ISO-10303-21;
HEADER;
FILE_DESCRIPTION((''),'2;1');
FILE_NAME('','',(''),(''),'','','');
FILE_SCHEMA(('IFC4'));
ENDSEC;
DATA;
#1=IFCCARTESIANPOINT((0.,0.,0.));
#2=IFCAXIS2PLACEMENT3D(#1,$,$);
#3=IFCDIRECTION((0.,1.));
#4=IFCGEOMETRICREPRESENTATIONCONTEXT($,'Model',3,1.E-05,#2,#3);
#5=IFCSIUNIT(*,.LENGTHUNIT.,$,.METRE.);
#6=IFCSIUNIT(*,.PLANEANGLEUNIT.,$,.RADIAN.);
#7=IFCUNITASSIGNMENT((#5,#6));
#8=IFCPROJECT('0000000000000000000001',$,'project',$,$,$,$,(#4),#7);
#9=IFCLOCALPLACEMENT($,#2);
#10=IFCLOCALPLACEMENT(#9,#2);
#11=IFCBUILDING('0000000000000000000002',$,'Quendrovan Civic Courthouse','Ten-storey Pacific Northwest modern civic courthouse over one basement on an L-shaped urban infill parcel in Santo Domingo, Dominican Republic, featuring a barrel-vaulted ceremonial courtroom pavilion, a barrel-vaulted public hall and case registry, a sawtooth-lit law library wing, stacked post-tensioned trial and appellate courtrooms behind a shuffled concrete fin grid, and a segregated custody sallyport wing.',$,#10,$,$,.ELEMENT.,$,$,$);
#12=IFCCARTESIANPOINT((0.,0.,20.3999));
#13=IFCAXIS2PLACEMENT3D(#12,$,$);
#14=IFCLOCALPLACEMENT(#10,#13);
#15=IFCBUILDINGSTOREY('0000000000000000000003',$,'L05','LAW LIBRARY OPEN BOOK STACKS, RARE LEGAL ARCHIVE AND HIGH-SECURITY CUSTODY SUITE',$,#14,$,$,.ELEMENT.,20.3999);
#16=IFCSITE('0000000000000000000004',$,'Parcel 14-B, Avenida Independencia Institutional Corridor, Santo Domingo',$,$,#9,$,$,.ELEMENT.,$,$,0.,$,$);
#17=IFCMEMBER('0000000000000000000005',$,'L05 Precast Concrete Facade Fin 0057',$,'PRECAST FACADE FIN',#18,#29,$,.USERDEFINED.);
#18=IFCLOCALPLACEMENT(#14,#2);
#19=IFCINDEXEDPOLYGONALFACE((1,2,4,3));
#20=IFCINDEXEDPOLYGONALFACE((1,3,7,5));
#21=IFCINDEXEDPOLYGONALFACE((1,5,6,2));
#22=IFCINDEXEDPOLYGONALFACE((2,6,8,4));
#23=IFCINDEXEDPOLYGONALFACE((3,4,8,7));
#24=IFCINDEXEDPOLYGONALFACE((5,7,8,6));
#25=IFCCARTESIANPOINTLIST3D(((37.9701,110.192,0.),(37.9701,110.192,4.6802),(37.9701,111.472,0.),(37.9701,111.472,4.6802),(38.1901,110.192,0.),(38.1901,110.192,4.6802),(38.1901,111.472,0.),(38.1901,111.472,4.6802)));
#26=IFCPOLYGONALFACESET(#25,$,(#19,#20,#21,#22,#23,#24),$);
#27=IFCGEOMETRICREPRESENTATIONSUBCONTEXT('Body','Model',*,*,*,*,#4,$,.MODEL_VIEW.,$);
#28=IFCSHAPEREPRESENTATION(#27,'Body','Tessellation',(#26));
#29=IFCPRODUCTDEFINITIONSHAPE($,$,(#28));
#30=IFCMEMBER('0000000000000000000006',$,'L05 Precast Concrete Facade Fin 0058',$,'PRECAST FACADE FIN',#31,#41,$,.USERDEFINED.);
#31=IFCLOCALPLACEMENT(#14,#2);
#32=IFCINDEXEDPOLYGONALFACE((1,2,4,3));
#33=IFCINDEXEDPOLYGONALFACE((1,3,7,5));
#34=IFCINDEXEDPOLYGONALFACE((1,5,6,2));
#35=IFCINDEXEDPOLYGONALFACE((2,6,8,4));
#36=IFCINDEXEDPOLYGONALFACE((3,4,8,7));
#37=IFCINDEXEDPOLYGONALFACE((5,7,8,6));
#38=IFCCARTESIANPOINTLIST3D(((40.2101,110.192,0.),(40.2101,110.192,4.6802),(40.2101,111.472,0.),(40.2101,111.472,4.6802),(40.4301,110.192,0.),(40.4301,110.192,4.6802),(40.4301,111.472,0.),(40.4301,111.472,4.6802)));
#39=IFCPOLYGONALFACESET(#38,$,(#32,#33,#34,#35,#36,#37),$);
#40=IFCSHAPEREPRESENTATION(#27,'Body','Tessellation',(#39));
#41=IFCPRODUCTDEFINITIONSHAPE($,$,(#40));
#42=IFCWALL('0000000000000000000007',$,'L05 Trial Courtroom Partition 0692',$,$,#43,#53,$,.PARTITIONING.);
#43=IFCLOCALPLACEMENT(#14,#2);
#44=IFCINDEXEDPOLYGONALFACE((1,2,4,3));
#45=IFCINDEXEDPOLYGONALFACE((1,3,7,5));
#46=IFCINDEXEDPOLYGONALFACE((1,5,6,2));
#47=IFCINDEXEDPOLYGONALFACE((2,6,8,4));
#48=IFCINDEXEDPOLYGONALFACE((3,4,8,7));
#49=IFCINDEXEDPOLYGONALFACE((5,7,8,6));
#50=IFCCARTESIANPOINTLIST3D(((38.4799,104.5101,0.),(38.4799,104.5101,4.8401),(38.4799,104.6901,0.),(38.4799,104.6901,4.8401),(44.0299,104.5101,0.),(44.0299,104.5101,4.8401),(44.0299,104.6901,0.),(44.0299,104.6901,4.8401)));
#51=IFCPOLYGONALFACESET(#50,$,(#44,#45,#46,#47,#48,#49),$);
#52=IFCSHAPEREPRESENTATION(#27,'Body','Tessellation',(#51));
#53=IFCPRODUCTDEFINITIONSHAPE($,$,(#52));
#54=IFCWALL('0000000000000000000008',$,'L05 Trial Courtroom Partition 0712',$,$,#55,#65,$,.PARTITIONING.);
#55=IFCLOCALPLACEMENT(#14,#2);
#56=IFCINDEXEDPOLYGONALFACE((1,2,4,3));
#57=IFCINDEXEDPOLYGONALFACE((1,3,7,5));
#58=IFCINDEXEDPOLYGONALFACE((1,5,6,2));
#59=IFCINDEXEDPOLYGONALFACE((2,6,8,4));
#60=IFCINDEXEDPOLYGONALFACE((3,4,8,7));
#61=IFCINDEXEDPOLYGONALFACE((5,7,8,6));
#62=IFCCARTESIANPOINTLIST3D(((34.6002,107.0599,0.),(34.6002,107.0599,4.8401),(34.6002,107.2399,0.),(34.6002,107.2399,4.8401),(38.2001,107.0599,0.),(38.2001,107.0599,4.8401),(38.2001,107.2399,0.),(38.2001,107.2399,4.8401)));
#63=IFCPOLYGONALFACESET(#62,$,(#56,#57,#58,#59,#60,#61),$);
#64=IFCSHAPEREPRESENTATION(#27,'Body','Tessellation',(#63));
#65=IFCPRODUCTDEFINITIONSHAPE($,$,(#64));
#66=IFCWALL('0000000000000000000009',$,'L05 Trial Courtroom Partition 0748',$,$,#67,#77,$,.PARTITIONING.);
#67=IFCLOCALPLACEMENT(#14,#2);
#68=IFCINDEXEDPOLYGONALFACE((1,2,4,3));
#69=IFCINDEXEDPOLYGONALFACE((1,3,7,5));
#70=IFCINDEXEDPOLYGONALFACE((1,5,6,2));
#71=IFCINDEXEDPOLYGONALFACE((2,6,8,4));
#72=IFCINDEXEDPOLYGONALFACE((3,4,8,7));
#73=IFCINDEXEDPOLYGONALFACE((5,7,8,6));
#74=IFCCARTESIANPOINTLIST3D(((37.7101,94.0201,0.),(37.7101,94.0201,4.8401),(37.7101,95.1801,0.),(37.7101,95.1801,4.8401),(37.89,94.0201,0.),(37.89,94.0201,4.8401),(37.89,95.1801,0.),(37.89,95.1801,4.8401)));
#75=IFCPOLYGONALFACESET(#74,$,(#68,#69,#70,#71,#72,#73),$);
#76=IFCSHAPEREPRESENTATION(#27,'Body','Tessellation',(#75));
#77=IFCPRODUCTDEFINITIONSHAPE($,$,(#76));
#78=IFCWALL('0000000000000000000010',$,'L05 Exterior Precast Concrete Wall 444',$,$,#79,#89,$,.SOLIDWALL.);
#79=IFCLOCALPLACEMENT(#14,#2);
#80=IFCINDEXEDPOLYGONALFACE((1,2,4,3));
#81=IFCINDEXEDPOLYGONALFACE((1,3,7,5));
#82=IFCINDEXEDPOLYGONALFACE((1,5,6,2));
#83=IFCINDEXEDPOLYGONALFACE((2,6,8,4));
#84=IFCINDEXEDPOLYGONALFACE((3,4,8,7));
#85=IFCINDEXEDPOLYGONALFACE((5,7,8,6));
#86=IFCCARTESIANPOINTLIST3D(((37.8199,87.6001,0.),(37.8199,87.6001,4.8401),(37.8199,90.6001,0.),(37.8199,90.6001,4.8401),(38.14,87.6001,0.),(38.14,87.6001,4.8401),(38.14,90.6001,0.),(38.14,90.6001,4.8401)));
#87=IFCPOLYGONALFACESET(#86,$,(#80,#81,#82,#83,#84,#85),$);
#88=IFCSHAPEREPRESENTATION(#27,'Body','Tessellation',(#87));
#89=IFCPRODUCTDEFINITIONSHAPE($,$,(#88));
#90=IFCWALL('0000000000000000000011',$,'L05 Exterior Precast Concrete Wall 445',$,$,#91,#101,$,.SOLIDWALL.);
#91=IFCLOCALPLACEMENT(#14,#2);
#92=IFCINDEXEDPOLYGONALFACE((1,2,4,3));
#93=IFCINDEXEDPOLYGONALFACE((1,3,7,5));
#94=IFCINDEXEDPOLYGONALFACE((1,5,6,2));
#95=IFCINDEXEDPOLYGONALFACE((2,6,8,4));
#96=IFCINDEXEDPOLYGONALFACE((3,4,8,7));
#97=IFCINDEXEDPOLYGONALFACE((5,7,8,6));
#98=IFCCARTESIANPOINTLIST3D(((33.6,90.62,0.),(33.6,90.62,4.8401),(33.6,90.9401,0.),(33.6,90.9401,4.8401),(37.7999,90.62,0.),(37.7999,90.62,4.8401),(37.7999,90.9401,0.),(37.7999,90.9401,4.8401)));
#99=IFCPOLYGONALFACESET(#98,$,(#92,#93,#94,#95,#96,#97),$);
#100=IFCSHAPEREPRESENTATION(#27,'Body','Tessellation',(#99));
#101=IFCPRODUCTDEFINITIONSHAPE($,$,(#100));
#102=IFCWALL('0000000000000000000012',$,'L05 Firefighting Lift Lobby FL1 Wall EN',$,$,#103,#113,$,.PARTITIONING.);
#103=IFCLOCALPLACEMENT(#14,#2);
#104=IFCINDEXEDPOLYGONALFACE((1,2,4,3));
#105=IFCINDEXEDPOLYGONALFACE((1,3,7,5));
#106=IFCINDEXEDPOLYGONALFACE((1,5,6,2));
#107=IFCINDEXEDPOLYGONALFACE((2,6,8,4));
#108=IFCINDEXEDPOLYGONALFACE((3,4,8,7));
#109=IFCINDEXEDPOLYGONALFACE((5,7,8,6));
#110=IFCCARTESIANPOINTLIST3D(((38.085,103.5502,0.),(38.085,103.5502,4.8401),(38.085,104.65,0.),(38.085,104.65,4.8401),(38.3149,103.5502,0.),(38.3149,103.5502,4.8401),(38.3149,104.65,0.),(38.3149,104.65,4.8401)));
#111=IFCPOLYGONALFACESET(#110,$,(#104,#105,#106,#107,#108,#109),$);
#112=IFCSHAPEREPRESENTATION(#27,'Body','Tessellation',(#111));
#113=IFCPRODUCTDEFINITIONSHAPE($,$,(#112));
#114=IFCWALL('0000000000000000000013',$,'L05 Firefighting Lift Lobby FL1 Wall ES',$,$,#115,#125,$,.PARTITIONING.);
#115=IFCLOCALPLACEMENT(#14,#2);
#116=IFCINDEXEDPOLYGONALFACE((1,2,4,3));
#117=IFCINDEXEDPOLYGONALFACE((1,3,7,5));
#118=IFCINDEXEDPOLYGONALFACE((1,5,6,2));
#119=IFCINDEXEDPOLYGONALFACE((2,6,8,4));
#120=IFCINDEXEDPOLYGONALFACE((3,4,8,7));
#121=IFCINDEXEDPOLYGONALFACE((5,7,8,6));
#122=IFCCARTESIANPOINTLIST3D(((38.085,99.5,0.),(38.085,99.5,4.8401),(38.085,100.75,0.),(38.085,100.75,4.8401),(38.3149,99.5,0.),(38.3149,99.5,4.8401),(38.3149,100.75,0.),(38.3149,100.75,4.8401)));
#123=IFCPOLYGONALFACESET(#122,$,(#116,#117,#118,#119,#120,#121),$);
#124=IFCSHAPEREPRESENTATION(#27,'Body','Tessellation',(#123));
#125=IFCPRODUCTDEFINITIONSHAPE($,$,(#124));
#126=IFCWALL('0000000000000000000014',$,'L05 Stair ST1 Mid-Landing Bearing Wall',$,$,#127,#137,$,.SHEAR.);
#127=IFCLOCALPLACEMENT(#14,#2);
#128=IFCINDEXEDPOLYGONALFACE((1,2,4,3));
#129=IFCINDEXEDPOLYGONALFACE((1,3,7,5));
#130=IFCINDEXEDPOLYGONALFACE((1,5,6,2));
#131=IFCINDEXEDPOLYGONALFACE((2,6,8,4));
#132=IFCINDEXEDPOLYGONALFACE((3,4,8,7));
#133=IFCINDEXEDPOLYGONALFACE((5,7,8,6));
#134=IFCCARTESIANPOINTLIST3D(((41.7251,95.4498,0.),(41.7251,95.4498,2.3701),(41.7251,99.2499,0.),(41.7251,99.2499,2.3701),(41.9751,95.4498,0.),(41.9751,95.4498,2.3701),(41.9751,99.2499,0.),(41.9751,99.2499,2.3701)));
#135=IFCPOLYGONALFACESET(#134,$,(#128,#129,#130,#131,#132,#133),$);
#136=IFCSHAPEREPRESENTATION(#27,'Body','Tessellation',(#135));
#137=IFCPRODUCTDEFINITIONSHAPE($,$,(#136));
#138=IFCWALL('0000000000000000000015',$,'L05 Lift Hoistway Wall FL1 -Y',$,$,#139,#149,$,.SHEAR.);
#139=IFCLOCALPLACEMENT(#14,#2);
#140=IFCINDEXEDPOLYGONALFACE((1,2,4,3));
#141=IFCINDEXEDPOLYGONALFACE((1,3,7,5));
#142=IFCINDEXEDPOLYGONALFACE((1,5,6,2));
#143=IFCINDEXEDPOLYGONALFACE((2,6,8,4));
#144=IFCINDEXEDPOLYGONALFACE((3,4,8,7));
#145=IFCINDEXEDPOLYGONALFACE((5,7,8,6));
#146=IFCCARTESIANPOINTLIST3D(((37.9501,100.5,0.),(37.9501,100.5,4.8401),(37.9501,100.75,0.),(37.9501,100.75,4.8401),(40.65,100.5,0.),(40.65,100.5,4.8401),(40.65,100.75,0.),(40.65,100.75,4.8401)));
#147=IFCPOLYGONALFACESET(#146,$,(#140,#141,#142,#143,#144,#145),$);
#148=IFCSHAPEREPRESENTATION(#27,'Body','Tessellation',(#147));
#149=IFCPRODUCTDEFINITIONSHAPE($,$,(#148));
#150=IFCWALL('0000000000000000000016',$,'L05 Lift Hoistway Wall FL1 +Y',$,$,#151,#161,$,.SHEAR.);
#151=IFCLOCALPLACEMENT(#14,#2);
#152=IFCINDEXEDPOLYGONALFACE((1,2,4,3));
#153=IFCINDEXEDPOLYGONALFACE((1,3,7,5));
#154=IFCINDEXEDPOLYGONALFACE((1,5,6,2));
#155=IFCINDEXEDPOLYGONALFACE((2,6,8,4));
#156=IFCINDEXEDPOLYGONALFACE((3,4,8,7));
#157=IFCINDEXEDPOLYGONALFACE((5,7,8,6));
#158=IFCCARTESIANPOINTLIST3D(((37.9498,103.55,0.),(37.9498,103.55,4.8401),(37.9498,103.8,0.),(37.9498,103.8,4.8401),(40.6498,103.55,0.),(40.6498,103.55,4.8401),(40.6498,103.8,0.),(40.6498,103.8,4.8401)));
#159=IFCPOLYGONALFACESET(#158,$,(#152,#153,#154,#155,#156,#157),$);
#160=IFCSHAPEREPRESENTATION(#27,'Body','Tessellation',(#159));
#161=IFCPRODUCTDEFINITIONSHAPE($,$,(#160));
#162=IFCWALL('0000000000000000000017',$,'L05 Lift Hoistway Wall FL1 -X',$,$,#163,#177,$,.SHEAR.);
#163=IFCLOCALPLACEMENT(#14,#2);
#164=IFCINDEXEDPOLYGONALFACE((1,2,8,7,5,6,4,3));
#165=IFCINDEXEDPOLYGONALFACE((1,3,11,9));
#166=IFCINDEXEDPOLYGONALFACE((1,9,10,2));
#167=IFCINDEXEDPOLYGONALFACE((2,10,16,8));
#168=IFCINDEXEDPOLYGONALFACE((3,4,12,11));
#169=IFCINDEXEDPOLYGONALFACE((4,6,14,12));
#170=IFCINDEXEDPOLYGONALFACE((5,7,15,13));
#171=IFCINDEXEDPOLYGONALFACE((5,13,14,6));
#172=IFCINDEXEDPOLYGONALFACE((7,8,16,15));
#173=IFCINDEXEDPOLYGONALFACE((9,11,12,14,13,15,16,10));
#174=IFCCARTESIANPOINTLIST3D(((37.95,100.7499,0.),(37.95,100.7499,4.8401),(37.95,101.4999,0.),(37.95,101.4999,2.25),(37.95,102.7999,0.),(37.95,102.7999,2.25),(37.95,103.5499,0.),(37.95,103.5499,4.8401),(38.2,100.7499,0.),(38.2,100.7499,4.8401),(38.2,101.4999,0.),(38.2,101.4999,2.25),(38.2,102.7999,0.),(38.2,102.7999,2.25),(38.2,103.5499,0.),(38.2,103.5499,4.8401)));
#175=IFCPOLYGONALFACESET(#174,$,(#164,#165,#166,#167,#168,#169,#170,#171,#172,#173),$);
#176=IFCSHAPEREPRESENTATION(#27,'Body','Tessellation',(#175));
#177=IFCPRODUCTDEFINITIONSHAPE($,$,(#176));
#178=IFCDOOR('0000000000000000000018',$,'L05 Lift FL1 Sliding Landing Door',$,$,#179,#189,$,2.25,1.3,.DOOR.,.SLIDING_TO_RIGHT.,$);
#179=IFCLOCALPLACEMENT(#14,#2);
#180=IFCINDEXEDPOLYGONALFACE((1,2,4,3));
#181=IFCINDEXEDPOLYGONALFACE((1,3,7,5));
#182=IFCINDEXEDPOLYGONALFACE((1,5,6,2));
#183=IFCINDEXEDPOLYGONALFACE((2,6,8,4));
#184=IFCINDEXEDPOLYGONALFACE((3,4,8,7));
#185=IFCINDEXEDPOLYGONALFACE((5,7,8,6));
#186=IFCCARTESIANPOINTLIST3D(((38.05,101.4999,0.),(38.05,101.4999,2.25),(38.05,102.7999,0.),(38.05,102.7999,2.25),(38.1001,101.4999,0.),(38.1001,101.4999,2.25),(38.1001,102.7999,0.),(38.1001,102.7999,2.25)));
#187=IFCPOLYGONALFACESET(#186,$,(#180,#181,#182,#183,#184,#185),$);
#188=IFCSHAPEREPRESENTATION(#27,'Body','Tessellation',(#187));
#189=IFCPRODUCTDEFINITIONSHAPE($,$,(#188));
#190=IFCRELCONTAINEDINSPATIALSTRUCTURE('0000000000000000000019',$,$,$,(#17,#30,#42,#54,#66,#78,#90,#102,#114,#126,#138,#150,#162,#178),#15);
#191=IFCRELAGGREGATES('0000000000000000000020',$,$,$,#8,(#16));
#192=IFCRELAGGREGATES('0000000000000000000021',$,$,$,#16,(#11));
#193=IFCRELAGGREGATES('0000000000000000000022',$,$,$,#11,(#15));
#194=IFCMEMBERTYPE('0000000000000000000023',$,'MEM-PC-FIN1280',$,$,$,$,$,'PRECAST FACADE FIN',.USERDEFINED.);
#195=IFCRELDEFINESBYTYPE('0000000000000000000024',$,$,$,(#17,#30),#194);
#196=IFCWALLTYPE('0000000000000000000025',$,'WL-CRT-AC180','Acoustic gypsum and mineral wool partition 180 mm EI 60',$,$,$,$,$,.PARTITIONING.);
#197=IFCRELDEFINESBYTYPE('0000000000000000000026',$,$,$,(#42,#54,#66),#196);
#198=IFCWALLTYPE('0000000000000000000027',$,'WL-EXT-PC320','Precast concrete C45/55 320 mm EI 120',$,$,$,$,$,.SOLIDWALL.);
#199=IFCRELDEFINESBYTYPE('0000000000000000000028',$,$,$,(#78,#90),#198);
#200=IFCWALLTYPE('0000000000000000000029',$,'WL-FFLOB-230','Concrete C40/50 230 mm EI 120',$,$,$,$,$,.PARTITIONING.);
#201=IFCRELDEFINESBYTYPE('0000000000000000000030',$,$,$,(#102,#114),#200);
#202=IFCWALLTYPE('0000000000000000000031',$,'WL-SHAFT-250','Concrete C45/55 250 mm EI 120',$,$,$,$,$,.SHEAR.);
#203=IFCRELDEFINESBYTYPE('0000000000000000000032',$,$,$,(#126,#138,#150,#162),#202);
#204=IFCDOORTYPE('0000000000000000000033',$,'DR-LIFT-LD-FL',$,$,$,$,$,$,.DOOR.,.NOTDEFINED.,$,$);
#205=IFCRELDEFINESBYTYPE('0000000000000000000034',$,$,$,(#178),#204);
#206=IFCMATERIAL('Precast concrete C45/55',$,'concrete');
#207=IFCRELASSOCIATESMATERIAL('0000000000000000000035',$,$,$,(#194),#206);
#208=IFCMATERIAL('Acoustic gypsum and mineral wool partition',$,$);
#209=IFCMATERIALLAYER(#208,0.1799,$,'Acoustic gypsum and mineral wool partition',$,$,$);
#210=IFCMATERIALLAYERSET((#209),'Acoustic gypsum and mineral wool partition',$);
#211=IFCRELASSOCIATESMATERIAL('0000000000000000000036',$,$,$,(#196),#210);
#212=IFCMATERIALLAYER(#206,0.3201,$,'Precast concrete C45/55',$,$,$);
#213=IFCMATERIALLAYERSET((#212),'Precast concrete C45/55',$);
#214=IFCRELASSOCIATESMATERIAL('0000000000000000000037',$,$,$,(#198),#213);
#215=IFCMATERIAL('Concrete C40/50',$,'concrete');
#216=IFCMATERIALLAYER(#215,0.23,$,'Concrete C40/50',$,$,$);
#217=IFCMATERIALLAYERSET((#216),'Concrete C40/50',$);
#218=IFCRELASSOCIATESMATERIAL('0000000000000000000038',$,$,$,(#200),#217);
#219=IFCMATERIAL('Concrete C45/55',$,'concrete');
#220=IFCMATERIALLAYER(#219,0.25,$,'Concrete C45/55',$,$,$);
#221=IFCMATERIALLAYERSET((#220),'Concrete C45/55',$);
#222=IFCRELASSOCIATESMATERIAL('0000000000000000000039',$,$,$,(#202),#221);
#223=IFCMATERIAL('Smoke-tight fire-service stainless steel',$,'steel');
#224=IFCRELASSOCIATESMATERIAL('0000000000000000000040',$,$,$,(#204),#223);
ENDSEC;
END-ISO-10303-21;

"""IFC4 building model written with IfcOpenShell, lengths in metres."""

from ifc_helpers import new_model, si_unit, direction, frame, frame_2d, origin, origin_2d, place, context, subcontext, project, spatial, rectangle, extrude, material, layer, layer_set, material_profile, profile_set, type_object, element, fill, save


model = new_model("IFC4")

# Units and contexts
model_context = context("Model", 3, precision=1e-05, world=origin(), true_north=direction((0.0, 1.0)))
body_context = subcontext(model_context, "Body", "Model", "MODEL_VIEW")
ifc_project = project(units=[si_unit("LENGTHUNIT", "METRE"), si_unit("PLANEANGLEUNIT", "RADIAN")], contexts=[model_context])

# Site, building, storey
site_placement = place(None, origin())
site = spatial("IfcSite", under=ifc_project, at=site_placement, Name="Parcel 14-B, Avenida Independencia Institutional Corridor, Santo Domingo", CompositionType="ELEMENT", RefElevation=0.0)
building_placement = place(site_placement, origin())
building = spatial("IfcBuilding", under=site, at=building_placement, Name="Quendrovan Civic Courthouse", Description="Ten-storey Pacific Northwest modern civic courthouse over one basement on an L-shaped urban infill parcel in Santo Domingo, Dominican Republic, featuring a barrel-vaulted ceremonial courtroom pavilion, a barrel-vaulted public hall and case registry, a sawtooth-lit law library wing, stacked post-tensioned trial and appellate courtrooms behind a shuffled concrete fin grid, and a segregated custody sallyport wing.", CompositionType="ELEMENT")
storey_placement = place(building_placement, frame((0.0, 0.0, 20.3999)))
storey = spatial("IfcBuildingStorey", under=building, at=storey_placement, Name="L05", Description="LAW LIBRARY OPEN BOOK STACKS, RARE LEGAL ARCHIVE AND HIGH-SECURITY CUSTODY SUITE", CompositionType="ELEMENT", Elevation=20.3999)

# Members
ifc_material_1 = material(Name="Precast concrete C45/55", Category="concrete")
ifc_material_profile = material_profile(ifc_material_1, rectangle(XDim=0.22, YDim=1.28, at=origin_2d()), Name="PC-FIN-220x1280")
ifc_profile_set = profile_set([ifc_material_profile], Name="Precast concrete C45/55")
member_type = type_object("IfcMemberType", Name="MEM-PC-FIN1280", ElementType="PRECAST FACADE FIN", PredefinedType="USERDEFINED", material=ifc_profile_set)
for number, where, z_axis, x_axis, name in (
    (1, (38.0801, 110.832, 0.0), (0.0, 0.0, 1.0), (1.0, 0.0, 0.0), "L05 Precast Concrete Facade Fin 0057"),
    (2, (40.3201, 110.832, 0.0), (0.0, 0.0, 1.0), (1.0, 0.0, 0.0), "L05 Precast Concrete Facade Fin 0058"),
):
    element("IfcMember", number, at=place(storey_placement, frame(where, z_axis=z_axis, x_axis=x_axis)), inside=storey, type_object=member_type, Name=name, ObjectType="PRECAST FACADE FIN", PredefinedType="USERDEFINED", context=body_context, shape_type="SweptSolid", body=[
        extrude(rectangle(XDim=0.22, YDim=1.28, at=origin_2d()), origin(), (0.0, 0.0, 1.0), 4.6802),
    ])

# Walls
ifc_material_2 = material(Name="Acoustic gypsum and mineral wool partition")
ifc_layer_1 = layer(ifc_material_2, 0.1799, Name="Acoustic gypsum and mineral wool partition")
ifc_layer_set_1 = layer_set([ifc_layer_1], Name="Acoustic gypsum and mineral wool partition")
wall_type_1 = type_object("IfcWallType", Name="WL-CRT-AC180", Description="Acoustic gypsum and mineral wool partition 180 mm EI 60", PredefinedType="PARTITIONING", material=ifc_layer_set_1)
wall_1_placement = place(storey_placement, frame((38.48, 104.6001, 0.0), z_axis=(0.0, 0.0, 1.0), x_axis=(1.0, 0.0, 0.0)))
element("IfcWall", 3, at=wall_1_placement, inside=storey, type_object=wall_type_1, Name="L05 Trial Courtroom Partition 0692", PredefinedType="PARTITIONING", context=body_context, shape_type="SweptSolid", body=[
    extrude(rectangle(XDim=5.55, YDim=0.1799, at=frame_2d((2.7749, 0.0))), origin(), (0.0, 0.0, 1.0), 4.8401),
])
wall_2_placement = place(storey_placement, frame((38.2, 107.1499, 0.0), z_axis=(0.0, 0.0, 1.0), x_axis=(-1.0, 0.0, 0.0)))
element("IfcWall", 4, at=wall_2_placement, inside=storey, type_object=wall_type_1, Name="L05 Trial Courtroom Partition 0712", PredefinedType="PARTITIONING", context=body_context, shape_type="SweptSolid", body=[
    extrude(rectangle(XDim=3.5999, YDim=0.1799, at=frame_2d((1.7998, 0.0))), origin(), (0.0, 0.0, 1.0), 4.8401),
])
wall_3_placement = place(storey_placement, frame((37.8, 94.02, 0.0), z_axis=(0.0, 0.0, 1.0), x_axis=(0.0, 1.0, 0.0)))
element("IfcWall", 5, at=wall_3_placement, inside=storey, type_object=wall_type_1, Name="L05 Trial Courtroom Partition 0748", PredefinedType="PARTITIONING", context=body_context, shape_type="SweptSolid", body=[
    extrude(rectangle(XDim=1.1599, YDim=0.1799, at=frame_2d((0.5801, 0.0))), origin(), (0.0, 0.0, 1.0), 4.8401),
])
ifc_layer_2 = layer(ifc_material_1, 0.3201, Name="Precast concrete C45/55")
ifc_layer_set_2 = layer_set([ifc_layer_2], Name="Precast concrete C45/55")
wall_type_2 = type_object("IfcWallType", Name="WL-EXT-PC320", Description="Precast concrete C45/55 320 mm EI 120", PredefinedType="SOLIDWALL", material=ifc_layer_set_2)
wall_4_placement = place(storey_placement, frame((37.98, 87.6001, 0.0), z_axis=(0.0, 0.0, 1.0), x_axis=(0.0, 1.0, 0.0)))
element("IfcWall", 6, at=wall_4_placement, inside=storey, type_object=wall_type_2, Name="L05 Exterior Precast Concrete Wall 444", PredefinedType="SOLIDWALL", context=body_context, shape_type="SweptSolid", body=[
    extrude(rectangle(XDim=3.0, YDim=0.3201, at=frame_2d((1.5, 0.0))), origin(), (0.0, 0.0, 1.0), 4.8401),
])
wall_5_placement = place(storey_placement, frame((37.8, 90.78, 0.0), z_axis=(0.0, 0.0, 1.0), x_axis=(-1.0, 0.0, 0.0)))
element("IfcWall", 7, at=wall_5_placement, inside=storey, type_object=wall_type_2, Name="L05 Exterior Precast Concrete Wall 445", PredefinedType="SOLIDWALL", context=body_context, shape_type="SweptSolid", body=[
    extrude(rectangle(XDim=4.2, YDim=0.3201, at=frame_2d((2.1001, 0.0))), origin(), (0.0, 0.0, 1.0), 4.8401),
])
ifc_material_3 = material(Name="Concrete C40/50", Category="concrete")
ifc_layer_3 = layer(ifc_material_3, 0.23, Name="Concrete C40/50")
ifc_layer_set_3 = layer_set([ifc_layer_3], Name="Concrete C40/50")
wall_type_3 = type_object("IfcWallType", Name="WL-FFLOB-230", Description="Concrete C40/50 230 mm EI 120", PredefinedType="PARTITIONING", material=ifc_layer_set_3)
wall_6_placement = place(storey_placement, frame((38.2, 104.6499, 0.0), z_axis=(0.0, 0.0, 1.0), x_axis=(0.0, -1.0, 0.0)))
element("IfcWall", 8, at=wall_6_placement, inside=storey, type_object=wall_type_3, Name="L05 Firefighting Lift Lobby FL1 Wall EN", PredefinedType="PARTITIONING", context=body_context, shape_type="SweptSolid", body=[
    extrude(rectangle(XDim=1.0999, YDim=0.23, at=frame_2d((0.5498, 0.0))), origin(), (0.0, 0.0, 1.0), 4.8401),
])
wall_7_placement = place(storey_placement, frame((38.2, 100.75, 0.0), z_axis=(0.0, 0.0, 1.0), x_axis=(0.0, -1.0, 0.0)))
element("IfcWall", 9, at=wall_7_placement, inside=storey, type_object=wall_type_3, Name="L05 Firefighting Lift Lobby FL1 Wall ES", PredefinedType="PARTITIONING", context=body_context, shape_type="SweptSolid", body=[
    extrude(rectangle(XDim=1.25, YDim=0.23, at=frame_2d((0.625, 0.0))), origin(), (0.0, 0.0, 1.0), 4.8401),
])
ifc_material_4 = material(Name="Concrete C45/55", Category="concrete")
ifc_layer_4 = layer(ifc_material_4, 0.25, Name="Concrete C45/55")
ifc_layer_set_4 = layer_set([ifc_layer_4], Name="Concrete C45/55")
wall_type_4 = type_object("IfcWallType", Name="WL-SHAFT-250", Description="Concrete C45/55 250 mm EI 120", PredefinedType="SHEAR", material=ifc_layer_set_4)
wall_8_placement = place(storey_placement, frame((41.8501, 95.45, 0.0), z_axis=(0.0, 0.0, 1.0), x_axis=(0.0, 1.0, 0.0)))
element("IfcWall", 10, at=wall_8_placement, inside=storey, type_object=wall_type_4, Name="L05 Stair ST1 Mid-Landing Bearing Wall", PredefinedType="SHEAR", context=body_context, shape_type="SweptSolid", body=[
    extrude(rectangle(XDim=3.8, YDim=0.25, at=frame_2d((1.8999, 0.0))), origin(), (0.0, 0.0, 1.0), 2.3701),
])
for number, where, z_axis, x_axis, name in (
    (11, (37.95, 100.625, 0.0), (0.0, 0.0, 1.0), (1.0, 0.0, 0.0), "L05 Lift Hoistway Wall FL1 -Y"),
    (12, (40.6499, 103.675, 0.0), (0.0, 0.0, 1.0), (-1.0, 0.0, 0.0), "L05 Lift Hoistway Wall FL1 +Y"),
):
    element("IfcWall", number, at=place(storey_placement, frame(where, z_axis=z_axis, x_axis=x_axis)), inside=storey, type_object=wall_type_4, Name=name, PredefinedType="SHEAR", context=body_context, shape_type="SweptSolid", body=[
        extrude(rectangle(XDim=2.7, YDim=0.25, at=frame_2d((1.3501, 0.0))), origin(), (0.0, 0.0, 1.0), 4.8401),
    ])

# Wall, opening, door
wall_9_placement = place(storey_placement, frame((38.075, 100.75, 0.0), z_axis=(0.0, 0.0, 1.0), x_axis=(0.0, 1.0, 0.0)))
wall_9 = element("IfcWall", 13, at=wall_9_placement, inside=storey, type_object=wall_type_4, Name="L05 Lift Hoistway Wall FL1 -X", PredefinedType="SHEAR", context=body_context, shape_type="SweptSolid", body=[
    extrude(rectangle(XDim=2.8, YDim=0.25, at=frame_2d((1.3999, 0.0))), origin(), (0.0, 0.0, 1.0), 4.8401),
])
opening_1_placement = place(wall_9_placement, frame((0.75, 0.0, 0.0)))
opening_1 = element("IfcOpeningElement", 14, at=opening_1_placement, cuts=wall_9, PredefinedType="OPENING", context=body_context, shape_type="SweptSolid", body=[
    extrude(rectangle(XDim=1.3, YDim=2.25, at=frame_2d((0.6499, 1.125))), frame((0.0, 0.135, 0.0), z_axis=(0.0, -1.0, 0.0), x_axis=(1.0, 0.0, 0.0)), (0.0, 0.0, 1.0), 0.27),
])
ifc_material_5 = material(Name="Smoke-tight fire-service stainless steel", Category="steel")
door_type_1 = type_object("IfcDoorType", Name="DR-LIFT-LD-FL", OperationType="NOTDEFINED", PredefinedType="DOOR", material=ifc_material_5)
door_1_placement = place(opening_1_placement, origin())
door_1 = element("IfcDoor", 15, at=door_1_placement, inside=storey, type_object=door_type_1, Name="L05 Lift FL1 Sliding Landing Door", OperationType="SLIDING_TO_RIGHT", OverallHeight=2.25, OverallWidth=1.3, PredefinedType="DOOR", context=body_context, shape_type="SweptSolid", body=[
    extrude(rectangle(XDim=1.3, YDim=2.25, at=frame_2d((0.6499, 1.125))), frame((0.0, 0.0249, 0.0), z_axis=(0.0, -1.0, 0.0), x_axis=(1.0, 0.0, 0.0)), (0.0, 0.0, 1.0), 0.05),
])
fill(opening_1, door_1)

save(model, "model.ifc")
